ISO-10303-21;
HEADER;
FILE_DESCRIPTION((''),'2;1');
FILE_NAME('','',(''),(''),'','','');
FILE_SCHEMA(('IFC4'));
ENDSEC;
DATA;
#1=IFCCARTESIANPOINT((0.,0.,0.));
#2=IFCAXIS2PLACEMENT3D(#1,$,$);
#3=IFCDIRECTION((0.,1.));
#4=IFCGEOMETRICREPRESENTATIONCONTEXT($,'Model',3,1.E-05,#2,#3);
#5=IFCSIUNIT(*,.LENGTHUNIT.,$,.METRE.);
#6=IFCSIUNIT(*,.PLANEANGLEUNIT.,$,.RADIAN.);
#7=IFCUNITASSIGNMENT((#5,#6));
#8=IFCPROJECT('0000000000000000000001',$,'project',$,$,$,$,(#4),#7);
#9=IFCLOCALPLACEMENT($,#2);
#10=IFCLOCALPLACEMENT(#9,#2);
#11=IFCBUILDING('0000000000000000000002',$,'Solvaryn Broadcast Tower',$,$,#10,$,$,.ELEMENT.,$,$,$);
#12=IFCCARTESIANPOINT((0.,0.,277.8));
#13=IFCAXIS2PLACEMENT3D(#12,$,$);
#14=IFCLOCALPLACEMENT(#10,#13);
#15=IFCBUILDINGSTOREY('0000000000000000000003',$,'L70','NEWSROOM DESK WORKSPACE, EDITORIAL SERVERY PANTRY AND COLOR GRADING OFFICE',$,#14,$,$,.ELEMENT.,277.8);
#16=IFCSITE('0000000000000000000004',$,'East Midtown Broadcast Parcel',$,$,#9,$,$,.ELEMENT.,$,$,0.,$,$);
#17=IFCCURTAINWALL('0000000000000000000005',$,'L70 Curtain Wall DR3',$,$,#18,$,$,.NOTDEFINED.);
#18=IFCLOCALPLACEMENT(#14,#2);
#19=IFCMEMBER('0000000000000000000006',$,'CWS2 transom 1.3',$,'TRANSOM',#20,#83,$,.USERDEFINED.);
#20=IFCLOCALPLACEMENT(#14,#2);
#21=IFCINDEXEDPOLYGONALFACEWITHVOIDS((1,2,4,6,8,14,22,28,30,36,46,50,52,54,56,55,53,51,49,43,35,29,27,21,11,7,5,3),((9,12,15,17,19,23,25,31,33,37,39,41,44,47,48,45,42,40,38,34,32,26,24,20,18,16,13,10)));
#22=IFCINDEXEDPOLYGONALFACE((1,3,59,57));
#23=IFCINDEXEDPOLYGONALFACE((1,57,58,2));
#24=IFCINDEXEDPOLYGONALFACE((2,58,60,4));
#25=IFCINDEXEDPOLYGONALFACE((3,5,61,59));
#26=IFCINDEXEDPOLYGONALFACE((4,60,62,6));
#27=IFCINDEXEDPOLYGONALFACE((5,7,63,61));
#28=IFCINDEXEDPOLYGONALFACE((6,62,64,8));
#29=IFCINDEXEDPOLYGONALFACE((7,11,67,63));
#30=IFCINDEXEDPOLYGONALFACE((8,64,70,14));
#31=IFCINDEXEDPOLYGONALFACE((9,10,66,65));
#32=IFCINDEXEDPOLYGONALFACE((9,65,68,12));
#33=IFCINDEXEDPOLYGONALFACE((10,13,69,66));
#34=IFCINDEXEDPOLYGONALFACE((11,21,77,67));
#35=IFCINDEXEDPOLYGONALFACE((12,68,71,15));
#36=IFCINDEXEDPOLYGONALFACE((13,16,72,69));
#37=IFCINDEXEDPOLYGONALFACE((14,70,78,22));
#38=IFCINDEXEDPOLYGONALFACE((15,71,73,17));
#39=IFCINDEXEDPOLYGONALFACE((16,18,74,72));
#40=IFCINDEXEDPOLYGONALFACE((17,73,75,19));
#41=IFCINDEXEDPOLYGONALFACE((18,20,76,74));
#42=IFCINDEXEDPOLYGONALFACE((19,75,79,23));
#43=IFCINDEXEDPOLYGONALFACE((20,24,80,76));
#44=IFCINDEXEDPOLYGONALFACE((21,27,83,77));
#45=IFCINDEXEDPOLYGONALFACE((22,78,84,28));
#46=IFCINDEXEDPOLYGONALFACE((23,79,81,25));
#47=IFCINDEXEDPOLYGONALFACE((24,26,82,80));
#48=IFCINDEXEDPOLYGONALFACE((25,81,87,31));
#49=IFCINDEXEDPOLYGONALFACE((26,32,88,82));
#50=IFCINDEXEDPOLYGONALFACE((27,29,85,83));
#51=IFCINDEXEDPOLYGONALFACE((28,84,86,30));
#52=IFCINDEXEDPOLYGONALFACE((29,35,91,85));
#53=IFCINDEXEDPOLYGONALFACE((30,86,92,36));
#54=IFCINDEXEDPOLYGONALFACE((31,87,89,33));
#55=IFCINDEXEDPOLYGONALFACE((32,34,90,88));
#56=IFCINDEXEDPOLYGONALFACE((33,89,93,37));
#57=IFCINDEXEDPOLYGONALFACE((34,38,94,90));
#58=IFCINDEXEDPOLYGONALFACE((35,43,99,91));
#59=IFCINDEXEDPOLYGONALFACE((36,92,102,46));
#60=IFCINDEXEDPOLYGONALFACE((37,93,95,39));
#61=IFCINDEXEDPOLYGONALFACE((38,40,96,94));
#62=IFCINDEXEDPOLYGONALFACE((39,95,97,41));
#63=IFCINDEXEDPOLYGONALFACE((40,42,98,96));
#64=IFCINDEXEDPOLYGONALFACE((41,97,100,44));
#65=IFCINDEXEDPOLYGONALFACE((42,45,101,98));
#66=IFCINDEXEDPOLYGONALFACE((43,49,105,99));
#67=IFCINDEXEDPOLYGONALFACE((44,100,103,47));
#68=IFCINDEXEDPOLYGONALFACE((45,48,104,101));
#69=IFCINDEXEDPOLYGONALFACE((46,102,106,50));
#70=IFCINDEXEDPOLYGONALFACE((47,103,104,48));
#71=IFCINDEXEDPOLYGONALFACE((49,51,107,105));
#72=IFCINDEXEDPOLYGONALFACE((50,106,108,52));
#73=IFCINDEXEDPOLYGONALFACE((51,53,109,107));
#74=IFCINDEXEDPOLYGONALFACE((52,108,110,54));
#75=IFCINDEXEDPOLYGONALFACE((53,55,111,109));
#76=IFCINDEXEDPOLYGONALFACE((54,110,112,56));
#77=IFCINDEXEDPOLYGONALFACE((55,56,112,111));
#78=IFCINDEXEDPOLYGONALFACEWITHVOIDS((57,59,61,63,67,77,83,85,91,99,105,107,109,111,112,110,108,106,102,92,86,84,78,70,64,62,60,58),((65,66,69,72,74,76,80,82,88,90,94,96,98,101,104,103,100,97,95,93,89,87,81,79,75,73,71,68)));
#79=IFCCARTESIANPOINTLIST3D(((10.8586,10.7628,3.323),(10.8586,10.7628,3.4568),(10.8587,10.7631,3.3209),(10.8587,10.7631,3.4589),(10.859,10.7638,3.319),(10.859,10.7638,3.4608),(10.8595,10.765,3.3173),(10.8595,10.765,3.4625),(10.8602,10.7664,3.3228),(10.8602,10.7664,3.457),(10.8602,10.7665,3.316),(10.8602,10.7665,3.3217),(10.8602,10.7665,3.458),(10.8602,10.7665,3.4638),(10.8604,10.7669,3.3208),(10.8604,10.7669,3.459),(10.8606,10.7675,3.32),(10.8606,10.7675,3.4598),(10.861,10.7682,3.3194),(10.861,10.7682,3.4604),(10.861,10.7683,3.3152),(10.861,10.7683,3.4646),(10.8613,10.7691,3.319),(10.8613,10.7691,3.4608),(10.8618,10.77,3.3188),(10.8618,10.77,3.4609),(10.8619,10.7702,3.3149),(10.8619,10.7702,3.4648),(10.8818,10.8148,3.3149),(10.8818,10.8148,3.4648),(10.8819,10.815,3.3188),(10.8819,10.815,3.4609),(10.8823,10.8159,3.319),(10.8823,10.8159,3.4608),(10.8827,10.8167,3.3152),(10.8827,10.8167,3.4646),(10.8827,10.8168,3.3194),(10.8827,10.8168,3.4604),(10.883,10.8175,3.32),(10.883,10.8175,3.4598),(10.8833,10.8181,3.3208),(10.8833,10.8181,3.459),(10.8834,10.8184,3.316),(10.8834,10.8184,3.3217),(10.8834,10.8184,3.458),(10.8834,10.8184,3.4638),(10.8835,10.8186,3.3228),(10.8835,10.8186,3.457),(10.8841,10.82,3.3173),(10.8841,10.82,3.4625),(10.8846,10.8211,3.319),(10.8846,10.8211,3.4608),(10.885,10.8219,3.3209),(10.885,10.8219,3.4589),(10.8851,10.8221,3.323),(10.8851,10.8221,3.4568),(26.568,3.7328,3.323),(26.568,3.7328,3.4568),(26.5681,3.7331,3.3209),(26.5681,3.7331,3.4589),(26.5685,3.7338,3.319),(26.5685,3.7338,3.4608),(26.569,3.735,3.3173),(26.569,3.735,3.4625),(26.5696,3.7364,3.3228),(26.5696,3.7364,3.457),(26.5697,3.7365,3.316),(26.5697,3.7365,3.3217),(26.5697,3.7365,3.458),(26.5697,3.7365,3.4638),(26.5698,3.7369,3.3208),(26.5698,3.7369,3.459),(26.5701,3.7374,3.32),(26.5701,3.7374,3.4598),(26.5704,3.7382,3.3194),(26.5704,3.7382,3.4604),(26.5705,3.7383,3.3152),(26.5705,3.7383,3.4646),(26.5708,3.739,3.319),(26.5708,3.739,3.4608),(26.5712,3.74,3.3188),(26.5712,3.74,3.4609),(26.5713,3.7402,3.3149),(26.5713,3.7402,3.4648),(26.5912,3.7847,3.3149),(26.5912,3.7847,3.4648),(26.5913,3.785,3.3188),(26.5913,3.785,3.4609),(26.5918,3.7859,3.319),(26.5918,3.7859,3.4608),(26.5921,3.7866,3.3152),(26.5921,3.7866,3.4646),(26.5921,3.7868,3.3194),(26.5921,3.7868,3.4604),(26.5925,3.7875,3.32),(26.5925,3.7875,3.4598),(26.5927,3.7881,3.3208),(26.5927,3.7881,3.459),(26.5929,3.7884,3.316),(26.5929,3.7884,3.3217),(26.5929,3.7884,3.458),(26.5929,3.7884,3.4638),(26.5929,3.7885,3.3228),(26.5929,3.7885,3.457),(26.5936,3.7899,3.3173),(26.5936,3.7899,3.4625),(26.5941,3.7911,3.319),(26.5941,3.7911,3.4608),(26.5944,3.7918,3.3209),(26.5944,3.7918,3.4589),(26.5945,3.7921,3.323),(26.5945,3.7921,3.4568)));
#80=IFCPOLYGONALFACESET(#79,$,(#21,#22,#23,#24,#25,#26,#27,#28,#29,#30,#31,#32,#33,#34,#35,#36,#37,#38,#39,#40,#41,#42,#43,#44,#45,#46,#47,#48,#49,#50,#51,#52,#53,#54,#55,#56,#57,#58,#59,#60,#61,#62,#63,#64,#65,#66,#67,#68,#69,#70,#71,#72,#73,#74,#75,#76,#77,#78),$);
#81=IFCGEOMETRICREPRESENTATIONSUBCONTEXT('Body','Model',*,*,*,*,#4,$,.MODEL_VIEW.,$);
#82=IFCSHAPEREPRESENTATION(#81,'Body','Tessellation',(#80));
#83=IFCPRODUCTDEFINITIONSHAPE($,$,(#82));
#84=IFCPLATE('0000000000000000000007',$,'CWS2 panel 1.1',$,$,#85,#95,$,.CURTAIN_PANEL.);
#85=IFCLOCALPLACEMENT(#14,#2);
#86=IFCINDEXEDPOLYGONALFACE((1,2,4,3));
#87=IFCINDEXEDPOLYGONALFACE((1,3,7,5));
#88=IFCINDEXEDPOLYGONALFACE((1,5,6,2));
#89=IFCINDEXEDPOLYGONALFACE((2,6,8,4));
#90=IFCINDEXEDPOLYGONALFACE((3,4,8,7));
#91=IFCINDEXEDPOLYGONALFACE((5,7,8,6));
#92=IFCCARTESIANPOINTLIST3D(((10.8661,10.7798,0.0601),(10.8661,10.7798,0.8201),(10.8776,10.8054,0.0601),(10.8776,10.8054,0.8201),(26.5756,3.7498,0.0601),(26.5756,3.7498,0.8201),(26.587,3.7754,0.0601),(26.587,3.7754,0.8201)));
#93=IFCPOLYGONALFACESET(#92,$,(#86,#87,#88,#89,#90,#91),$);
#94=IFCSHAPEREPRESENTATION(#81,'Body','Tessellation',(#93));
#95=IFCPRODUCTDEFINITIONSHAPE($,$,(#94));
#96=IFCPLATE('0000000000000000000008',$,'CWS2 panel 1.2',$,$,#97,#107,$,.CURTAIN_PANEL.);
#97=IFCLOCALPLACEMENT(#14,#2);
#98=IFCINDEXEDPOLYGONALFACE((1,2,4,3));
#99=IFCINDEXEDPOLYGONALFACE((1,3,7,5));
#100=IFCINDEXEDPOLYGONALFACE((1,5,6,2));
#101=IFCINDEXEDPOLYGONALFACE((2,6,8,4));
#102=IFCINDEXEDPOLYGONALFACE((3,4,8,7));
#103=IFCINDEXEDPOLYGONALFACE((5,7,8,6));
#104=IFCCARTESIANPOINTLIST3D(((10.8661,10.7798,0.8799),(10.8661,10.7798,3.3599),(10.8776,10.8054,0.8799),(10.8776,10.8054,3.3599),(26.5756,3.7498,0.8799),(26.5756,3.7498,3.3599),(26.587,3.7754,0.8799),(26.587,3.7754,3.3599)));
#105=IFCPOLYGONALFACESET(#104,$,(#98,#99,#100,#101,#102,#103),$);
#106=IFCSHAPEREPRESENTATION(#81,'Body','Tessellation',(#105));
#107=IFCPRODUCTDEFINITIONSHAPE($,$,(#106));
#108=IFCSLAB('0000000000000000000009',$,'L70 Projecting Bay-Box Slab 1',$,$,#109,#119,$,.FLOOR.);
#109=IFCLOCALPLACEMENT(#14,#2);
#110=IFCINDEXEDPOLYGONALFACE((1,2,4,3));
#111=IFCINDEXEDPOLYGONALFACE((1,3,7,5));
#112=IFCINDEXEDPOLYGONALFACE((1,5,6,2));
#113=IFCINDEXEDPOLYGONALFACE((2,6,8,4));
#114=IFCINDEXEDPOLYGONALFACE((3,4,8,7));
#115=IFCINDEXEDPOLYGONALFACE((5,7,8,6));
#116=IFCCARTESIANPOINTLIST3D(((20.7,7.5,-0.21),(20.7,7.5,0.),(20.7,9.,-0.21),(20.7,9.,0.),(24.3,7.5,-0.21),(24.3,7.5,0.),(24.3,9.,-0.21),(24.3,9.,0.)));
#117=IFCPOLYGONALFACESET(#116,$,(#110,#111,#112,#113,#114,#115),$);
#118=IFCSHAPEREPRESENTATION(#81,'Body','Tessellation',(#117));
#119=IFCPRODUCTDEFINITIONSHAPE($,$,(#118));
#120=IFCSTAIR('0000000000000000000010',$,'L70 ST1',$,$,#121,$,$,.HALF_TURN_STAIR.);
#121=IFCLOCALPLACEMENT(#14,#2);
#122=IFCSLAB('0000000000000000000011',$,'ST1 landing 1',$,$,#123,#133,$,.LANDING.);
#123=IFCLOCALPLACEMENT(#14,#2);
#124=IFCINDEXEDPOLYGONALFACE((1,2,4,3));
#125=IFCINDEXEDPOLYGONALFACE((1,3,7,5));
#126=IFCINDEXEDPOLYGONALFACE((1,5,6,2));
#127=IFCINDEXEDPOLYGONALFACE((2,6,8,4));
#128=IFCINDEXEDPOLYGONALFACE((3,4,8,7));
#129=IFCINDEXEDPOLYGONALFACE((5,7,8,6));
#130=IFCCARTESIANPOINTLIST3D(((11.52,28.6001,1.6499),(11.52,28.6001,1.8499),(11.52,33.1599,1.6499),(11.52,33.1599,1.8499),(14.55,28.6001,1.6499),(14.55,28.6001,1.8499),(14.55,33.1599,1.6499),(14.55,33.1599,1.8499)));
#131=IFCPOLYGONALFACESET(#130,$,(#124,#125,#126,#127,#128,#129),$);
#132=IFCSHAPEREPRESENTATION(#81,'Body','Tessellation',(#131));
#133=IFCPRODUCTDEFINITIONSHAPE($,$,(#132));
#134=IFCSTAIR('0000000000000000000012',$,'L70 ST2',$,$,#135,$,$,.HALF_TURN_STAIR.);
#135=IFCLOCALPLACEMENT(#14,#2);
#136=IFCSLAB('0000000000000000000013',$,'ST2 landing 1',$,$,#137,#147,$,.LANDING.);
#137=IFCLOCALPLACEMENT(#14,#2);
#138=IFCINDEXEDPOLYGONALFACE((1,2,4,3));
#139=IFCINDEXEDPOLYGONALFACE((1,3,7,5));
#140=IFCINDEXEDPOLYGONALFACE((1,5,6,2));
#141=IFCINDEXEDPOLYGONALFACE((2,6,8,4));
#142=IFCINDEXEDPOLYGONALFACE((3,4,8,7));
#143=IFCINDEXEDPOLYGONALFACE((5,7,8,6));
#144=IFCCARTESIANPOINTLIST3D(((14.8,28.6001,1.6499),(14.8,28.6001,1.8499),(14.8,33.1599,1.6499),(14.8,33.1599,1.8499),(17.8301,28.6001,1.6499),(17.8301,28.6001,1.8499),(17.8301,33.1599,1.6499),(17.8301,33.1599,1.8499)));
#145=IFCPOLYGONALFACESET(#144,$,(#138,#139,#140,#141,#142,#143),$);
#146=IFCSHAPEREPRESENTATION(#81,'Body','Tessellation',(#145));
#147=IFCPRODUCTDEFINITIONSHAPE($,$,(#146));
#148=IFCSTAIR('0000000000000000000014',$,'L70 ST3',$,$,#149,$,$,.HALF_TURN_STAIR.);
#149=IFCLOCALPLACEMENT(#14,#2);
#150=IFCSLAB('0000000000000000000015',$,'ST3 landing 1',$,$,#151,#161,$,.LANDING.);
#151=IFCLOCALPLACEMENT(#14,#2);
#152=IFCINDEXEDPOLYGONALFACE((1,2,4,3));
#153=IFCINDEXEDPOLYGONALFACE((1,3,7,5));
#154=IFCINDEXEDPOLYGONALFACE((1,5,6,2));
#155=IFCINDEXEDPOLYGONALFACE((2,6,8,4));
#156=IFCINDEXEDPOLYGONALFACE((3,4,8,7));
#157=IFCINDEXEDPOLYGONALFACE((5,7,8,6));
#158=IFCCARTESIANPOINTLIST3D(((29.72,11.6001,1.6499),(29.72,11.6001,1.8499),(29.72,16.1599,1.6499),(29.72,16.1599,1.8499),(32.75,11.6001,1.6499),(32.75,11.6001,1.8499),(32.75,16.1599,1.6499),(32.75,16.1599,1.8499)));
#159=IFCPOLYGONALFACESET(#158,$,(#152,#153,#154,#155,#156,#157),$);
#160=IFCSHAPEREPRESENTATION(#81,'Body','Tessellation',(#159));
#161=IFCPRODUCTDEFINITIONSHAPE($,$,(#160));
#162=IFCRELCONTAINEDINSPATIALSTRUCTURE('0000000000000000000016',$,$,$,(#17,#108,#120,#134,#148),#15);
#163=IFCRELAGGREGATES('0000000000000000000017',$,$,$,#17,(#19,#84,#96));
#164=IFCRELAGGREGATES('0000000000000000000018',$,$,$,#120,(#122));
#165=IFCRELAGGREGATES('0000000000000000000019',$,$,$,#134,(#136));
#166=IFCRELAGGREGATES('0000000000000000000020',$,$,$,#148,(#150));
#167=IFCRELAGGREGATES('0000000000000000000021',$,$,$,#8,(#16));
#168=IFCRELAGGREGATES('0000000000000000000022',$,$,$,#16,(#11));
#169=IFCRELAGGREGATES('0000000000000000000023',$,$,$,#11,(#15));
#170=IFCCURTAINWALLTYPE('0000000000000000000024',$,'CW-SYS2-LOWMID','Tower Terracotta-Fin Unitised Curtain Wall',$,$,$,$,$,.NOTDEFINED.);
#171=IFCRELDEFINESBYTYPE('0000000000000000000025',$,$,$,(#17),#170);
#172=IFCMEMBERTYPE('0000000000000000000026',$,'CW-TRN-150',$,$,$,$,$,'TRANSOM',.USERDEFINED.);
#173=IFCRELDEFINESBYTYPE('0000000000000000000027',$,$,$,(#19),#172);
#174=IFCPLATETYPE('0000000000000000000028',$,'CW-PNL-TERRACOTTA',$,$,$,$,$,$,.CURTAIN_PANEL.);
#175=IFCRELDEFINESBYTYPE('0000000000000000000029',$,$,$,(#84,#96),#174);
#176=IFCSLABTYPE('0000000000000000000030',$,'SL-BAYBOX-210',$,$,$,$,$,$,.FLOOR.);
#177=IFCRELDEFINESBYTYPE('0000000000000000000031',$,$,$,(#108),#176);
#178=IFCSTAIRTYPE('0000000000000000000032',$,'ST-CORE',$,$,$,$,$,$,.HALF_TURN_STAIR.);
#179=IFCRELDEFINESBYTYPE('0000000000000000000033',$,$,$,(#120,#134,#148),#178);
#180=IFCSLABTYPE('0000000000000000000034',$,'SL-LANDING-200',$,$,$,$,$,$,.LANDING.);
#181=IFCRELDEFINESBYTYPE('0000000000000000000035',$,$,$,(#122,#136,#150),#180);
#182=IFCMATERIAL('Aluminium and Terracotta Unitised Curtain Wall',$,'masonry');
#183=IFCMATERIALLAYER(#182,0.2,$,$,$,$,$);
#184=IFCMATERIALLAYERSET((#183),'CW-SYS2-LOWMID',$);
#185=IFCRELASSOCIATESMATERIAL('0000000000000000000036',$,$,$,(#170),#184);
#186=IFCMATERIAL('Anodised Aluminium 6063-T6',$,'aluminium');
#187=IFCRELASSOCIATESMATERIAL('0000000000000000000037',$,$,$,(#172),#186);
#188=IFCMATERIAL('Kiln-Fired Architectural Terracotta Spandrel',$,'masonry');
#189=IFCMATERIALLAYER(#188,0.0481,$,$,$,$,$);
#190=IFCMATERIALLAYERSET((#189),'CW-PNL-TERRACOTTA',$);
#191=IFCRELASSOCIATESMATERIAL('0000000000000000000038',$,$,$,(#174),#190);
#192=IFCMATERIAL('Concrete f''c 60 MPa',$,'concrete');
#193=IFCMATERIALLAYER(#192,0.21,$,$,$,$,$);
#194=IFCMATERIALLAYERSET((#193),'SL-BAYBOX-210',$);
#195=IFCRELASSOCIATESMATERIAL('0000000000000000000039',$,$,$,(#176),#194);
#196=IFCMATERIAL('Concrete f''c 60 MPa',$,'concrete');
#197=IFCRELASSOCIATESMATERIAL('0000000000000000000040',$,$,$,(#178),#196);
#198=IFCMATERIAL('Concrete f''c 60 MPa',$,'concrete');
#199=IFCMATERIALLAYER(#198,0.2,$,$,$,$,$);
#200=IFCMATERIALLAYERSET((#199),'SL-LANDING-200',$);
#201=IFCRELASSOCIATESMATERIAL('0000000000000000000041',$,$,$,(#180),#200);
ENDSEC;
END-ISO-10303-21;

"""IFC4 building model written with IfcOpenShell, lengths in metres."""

from ifc_helpers import new_model, si_unit, direction, frame, origin, origin_2d, place, context, subcontext, project, spatial, polyline, rectangle, hollow_rectangle, outline, extrude, material, layer, layer_set, material_profile, profile_set, type_object, element, aggregate, save


model = new_model("IFC4")

# Units and contexts
model_context = context("Model", 3, precision=1e-05, world=origin(), true_north=direction((0.0, 1.0)))
body_context = subcontext(model_context, "Body", "Model", "MODEL_VIEW")
ifc_project = project(units=[si_unit("LENGTHUNIT", "METRE"), si_unit("PLANEANGLEUNIT", "RADIAN")], contexts=[model_context])

# Site, building, storey
site_placement = place(None, origin())
site = spatial("IfcSite", under=ifc_project, at=site_placement, Name="East Midtown Broadcast Parcel", CompositionType="ELEMENT", RefElevation=0.0)
building_placement = place(site_placement, origin())
building = spatial("IfcBuilding", under=site, at=building_placement, Name="Solvaryn Broadcast Tower", CompositionType="ELEMENT")
storey_placement = place(building_placement, frame((0.0, 0.0, 277.8)))
storey = spatial("IfcBuildingStorey", under=building, at=storey_placement, Name="L70", Description="NEWSROOM DESK WORKSPACE, EDITORIAL SERVERY PANTRY AND COLOR GRADING OFFICE", CompositionType="ELEMENT", Elevation=277.8)

# Curtain wall, member, plates
ifc_material_1 = material(Name="Aluminium and Terracotta Unitised Curtain Wall", Category="masonry")
ifc_layer_1 = layer(ifc_material_1, 0.2)
ifc_layer_set_1 = layer_set([ifc_layer_1], Name="CW-SYS2-LOWMID")
curtain_wall_type_1 = type_object("IfcCurtainWallType", Name="CW-SYS2-LOWMID", Description="Tower Terracotta-Fin Unitised Curtain Wall", PredefinedType="NOTDEFINED", material=ifc_layer_set_1)
curtain_wall_1_placement = place(storey_placement, origin())
curtain_wall_1 = element("IfcCurtainWall", 1, at=curtain_wall_1_placement, inside=storey, type_object=curtain_wall_type_1, Name="L70 Curtain Wall DR3", PredefinedType="NOTDEFINED")
ifc_material_2 = material(Name="Anodised Aluminium 6063-T6", Category="aluminium")
ifc_material_profile_1 = material_profile(ifc_material_2, hollow_rectangle(XDim=0.0649, YDim=0.1499, WallThickness=0.0039, InnerFilletRadius=0.0039, OuterFilletRadius=0.0081, at=origin_2d()))
ifc_profile_set_1 = profile_set([ifc_material_profile_1], Name="Anodised Aluminium 6063-T6")
member_type_1 = type_object("IfcMemberType", Name="CW-TRN-150", ElementType="TRANSOM", PredefinedType="USERDEFINED", material=ifc_profile_set_1)
member_1_placement = place(storey_placement, frame((10.8718, 10.7925, 3.3899), z_axis=(0.912773, -0.408468, 0.0), x_axis=(0.408468, 0.912773, 0.0)))
member_1 = element("IfcMember", 2, at=member_1_placement, type_object=member_type_1, Name="CWS2 transom 1.3", ObjectType="TRANSOM", PredefinedType="USERDEFINED", context=body_context, shape_type="SweptSolid", body=[
    extrude(hollow_rectangle(XDim=0.0649, YDim=0.1499, WallThickness=0.0039, InnerFilletRadius=0.0039, OuterFilletRadius=0.0081, at=origin_2d()), origin(), (0.0, 0.0, 1.0), 17.2107),
])
ifc_material_3 = material(Name="Kiln-Fired Architectural Terracotta Spandrel", Category="masonry")
ifc_layer_2 = layer(ifc_material_3, 0.0481)
ifc_layer_set_2 = layer_set([ifc_layer_2], Name="CW-PNL-TERRACOTTA")
plate_type = type_object("IfcPlateType", Name="CW-PNL-TERRACOTTA", PredefinedType="CURTAIN_PANEL", material=ifc_layer_set_2)
plate_1_placement = place(storey_placement, frame((18.7266, 7.2776, 0.0601), z_axis=(0.0, 0.0, 1.0), x_axis=(0.912774, -0.408466, 0.0)))
plate_1 = element("IfcPlate", 3, at=plate_1_placement, type_object=plate_type, Name="CWS2 panel 1.1", PredefinedType="CURTAIN_PANEL", context=body_context, shape_type="SweptSolid", body=[
    extrude(rectangle(XDim=17.2107, YDim=0.0281, at=origin_2d()), origin(), (0.0, 0.0, 1.0), 0.76),
])
plate_2_placement = place(storey_placement, frame((18.7266, 7.2776, 0.8799), z_axis=(0.0, 0.0, 1.0), x_axis=(0.912774, -0.408466, 0.0)))
plate_2 = element("IfcPlate", 4, at=plate_2_placement, type_object=plate_type, Name="CWS2 panel 1.2", PredefinedType="CURTAIN_PANEL", context=body_context, shape_type="SweptSolid", body=[
    extrude(rectangle(XDim=17.2107, YDim=0.0281, at=origin_2d()), origin(), (0.0, 0.0, 1.0), 2.48),
])
aggregate(curtain_wall_1, [member_1, plate_1, plate_2])

# Slab
ifc_material_4 = material(Name="Concrete f'c 60 MPa", Category="concrete")
ifc_layer_3 = layer(ifc_material_4, 0.21)
ifc_layer_set_3 = layer_set([ifc_layer_3], Name="SL-BAYBOX-210")
slab_type_1 = type_object("IfcSlabType", Name="SL-BAYBOX-210", PredefinedType="FLOOR", material=ifc_layer_set_3)
slab_1_placement = place(storey_placement, frame((0.0, 0.0, -0.21)))
element("IfcSlab", 5, at=slab_1_placement, inside=storey, type_object=slab_type_1, Name="L70 Projecting Bay-Box Slab 1", PredefinedType="FLOOR", context=body_context, shape_type="SweptSolid", body=[
    extrude(outline(polyline([(20.7, 7.5), (24.3, 7.5), (24.3, 9.0), (20.7, 9.0), (20.7, 7.5)])), origin(), (0.0, 0.0, 1.0), 0.21),
])

# Stairs, slabs
ifc_material_5 = material(Name="Concrete f'c 60 MPa", Category="concrete")
stair_type = type_object("IfcStairType", Name="ST-CORE", PredefinedType="HALF_TURN_STAIR", material=ifc_material_5)
stair_1_placement = place(storey_placement, origin())
stair_1 = element("IfcStair", 6, at=stair_1_placement, inside=storey, type_object=stair_type, Name="L70 ST1", PredefinedType="HALF_TURN_STAIR")
ifc_material_6 = material(Name="Concrete f'c 60 MPa", Category="concrete")
ifc_layer_4 = layer(ifc_material_6, 0.2)
ifc_layer_set_4 = layer_set([ifc_layer_4], Name="SL-LANDING-200")
slab_type_2 = type_object("IfcSlabType", Name="SL-LANDING-200", PredefinedType="LANDING", material=ifc_layer_set_4)
slab_2_placement = place(storey_placement, frame((0.0, 0.0, 1.6499)))
slab_2 = element("IfcSlab", 7, at=slab_2_placement, type_object=slab_type_2, Name="ST1 landing 1", PredefinedType="LANDING", context=body_context, shape_type="SweptSolid", body=[
    extrude(outline(polyline([(11.52, 33.1599), (11.52, 28.6001), (14.55, 28.6001), (14.55, 33.1599), (11.52, 33.1599)])), origin(), (0.0, 0.0, 1.0), 0.2),
])
aggregate(stair_1, [slab_2])
stair_2_placement = place(storey_placement, origin())
stair_2 = element("IfcStair", 8, at=stair_2_placement, inside=storey, type_object=stair_type, Name="L70 ST2", PredefinedType="HALF_TURN_STAIR")
slab_3_placement = place(storey_placement, frame((0.0, 0.0, 1.6499)))
slab_3 = element("IfcSlab", 9, at=slab_3_placement, type_object=slab_type_2, Name="ST2 landing 1", PredefinedType="LANDING", context=body_context, shape_type="SweptSolid", body=[
    extrude(outline(polyline([(14.8, 33.1599), (14.8, 28.6001), (17.8301, 28.6001), (17.8301, 33.1599), (14.8, 33.1599)])), origin(), (0.0, 0.0, 1.0), 0.2),
])
aggregate(stair_2, [slab_3])
stair_3_placement = place(storey_placement, origin())
stair_3 = element("IfcStair", 10, at=stair_3_placement, inside=storey, type_object=stair_type, Name="L70 ST3", PredefinedType="HALF_TURN_STAIR")
slab_4_placement = place(storey_placement, frame((0.0, 0.0, 1.6499)))
slab_4 = element("IfcSlab", 11, at=slab_4_placement, type_object=slab_type_2, Name="ST3 landing 1", PredefinedType="LANDING", context=body_context, shape_type="SweptSolid", body=[
    extrude(outline(polyline([(29.72, 16.1599), (29.72, 11.6001), (32.75, 11.6001), (32.75, 16.1599), (29.72, 16.1599)])), origin(), (0.0, 0.0, 1.0), 0.2),
])
aggregate(stair_3, [slab_4])

save(model, "model.ifc")
